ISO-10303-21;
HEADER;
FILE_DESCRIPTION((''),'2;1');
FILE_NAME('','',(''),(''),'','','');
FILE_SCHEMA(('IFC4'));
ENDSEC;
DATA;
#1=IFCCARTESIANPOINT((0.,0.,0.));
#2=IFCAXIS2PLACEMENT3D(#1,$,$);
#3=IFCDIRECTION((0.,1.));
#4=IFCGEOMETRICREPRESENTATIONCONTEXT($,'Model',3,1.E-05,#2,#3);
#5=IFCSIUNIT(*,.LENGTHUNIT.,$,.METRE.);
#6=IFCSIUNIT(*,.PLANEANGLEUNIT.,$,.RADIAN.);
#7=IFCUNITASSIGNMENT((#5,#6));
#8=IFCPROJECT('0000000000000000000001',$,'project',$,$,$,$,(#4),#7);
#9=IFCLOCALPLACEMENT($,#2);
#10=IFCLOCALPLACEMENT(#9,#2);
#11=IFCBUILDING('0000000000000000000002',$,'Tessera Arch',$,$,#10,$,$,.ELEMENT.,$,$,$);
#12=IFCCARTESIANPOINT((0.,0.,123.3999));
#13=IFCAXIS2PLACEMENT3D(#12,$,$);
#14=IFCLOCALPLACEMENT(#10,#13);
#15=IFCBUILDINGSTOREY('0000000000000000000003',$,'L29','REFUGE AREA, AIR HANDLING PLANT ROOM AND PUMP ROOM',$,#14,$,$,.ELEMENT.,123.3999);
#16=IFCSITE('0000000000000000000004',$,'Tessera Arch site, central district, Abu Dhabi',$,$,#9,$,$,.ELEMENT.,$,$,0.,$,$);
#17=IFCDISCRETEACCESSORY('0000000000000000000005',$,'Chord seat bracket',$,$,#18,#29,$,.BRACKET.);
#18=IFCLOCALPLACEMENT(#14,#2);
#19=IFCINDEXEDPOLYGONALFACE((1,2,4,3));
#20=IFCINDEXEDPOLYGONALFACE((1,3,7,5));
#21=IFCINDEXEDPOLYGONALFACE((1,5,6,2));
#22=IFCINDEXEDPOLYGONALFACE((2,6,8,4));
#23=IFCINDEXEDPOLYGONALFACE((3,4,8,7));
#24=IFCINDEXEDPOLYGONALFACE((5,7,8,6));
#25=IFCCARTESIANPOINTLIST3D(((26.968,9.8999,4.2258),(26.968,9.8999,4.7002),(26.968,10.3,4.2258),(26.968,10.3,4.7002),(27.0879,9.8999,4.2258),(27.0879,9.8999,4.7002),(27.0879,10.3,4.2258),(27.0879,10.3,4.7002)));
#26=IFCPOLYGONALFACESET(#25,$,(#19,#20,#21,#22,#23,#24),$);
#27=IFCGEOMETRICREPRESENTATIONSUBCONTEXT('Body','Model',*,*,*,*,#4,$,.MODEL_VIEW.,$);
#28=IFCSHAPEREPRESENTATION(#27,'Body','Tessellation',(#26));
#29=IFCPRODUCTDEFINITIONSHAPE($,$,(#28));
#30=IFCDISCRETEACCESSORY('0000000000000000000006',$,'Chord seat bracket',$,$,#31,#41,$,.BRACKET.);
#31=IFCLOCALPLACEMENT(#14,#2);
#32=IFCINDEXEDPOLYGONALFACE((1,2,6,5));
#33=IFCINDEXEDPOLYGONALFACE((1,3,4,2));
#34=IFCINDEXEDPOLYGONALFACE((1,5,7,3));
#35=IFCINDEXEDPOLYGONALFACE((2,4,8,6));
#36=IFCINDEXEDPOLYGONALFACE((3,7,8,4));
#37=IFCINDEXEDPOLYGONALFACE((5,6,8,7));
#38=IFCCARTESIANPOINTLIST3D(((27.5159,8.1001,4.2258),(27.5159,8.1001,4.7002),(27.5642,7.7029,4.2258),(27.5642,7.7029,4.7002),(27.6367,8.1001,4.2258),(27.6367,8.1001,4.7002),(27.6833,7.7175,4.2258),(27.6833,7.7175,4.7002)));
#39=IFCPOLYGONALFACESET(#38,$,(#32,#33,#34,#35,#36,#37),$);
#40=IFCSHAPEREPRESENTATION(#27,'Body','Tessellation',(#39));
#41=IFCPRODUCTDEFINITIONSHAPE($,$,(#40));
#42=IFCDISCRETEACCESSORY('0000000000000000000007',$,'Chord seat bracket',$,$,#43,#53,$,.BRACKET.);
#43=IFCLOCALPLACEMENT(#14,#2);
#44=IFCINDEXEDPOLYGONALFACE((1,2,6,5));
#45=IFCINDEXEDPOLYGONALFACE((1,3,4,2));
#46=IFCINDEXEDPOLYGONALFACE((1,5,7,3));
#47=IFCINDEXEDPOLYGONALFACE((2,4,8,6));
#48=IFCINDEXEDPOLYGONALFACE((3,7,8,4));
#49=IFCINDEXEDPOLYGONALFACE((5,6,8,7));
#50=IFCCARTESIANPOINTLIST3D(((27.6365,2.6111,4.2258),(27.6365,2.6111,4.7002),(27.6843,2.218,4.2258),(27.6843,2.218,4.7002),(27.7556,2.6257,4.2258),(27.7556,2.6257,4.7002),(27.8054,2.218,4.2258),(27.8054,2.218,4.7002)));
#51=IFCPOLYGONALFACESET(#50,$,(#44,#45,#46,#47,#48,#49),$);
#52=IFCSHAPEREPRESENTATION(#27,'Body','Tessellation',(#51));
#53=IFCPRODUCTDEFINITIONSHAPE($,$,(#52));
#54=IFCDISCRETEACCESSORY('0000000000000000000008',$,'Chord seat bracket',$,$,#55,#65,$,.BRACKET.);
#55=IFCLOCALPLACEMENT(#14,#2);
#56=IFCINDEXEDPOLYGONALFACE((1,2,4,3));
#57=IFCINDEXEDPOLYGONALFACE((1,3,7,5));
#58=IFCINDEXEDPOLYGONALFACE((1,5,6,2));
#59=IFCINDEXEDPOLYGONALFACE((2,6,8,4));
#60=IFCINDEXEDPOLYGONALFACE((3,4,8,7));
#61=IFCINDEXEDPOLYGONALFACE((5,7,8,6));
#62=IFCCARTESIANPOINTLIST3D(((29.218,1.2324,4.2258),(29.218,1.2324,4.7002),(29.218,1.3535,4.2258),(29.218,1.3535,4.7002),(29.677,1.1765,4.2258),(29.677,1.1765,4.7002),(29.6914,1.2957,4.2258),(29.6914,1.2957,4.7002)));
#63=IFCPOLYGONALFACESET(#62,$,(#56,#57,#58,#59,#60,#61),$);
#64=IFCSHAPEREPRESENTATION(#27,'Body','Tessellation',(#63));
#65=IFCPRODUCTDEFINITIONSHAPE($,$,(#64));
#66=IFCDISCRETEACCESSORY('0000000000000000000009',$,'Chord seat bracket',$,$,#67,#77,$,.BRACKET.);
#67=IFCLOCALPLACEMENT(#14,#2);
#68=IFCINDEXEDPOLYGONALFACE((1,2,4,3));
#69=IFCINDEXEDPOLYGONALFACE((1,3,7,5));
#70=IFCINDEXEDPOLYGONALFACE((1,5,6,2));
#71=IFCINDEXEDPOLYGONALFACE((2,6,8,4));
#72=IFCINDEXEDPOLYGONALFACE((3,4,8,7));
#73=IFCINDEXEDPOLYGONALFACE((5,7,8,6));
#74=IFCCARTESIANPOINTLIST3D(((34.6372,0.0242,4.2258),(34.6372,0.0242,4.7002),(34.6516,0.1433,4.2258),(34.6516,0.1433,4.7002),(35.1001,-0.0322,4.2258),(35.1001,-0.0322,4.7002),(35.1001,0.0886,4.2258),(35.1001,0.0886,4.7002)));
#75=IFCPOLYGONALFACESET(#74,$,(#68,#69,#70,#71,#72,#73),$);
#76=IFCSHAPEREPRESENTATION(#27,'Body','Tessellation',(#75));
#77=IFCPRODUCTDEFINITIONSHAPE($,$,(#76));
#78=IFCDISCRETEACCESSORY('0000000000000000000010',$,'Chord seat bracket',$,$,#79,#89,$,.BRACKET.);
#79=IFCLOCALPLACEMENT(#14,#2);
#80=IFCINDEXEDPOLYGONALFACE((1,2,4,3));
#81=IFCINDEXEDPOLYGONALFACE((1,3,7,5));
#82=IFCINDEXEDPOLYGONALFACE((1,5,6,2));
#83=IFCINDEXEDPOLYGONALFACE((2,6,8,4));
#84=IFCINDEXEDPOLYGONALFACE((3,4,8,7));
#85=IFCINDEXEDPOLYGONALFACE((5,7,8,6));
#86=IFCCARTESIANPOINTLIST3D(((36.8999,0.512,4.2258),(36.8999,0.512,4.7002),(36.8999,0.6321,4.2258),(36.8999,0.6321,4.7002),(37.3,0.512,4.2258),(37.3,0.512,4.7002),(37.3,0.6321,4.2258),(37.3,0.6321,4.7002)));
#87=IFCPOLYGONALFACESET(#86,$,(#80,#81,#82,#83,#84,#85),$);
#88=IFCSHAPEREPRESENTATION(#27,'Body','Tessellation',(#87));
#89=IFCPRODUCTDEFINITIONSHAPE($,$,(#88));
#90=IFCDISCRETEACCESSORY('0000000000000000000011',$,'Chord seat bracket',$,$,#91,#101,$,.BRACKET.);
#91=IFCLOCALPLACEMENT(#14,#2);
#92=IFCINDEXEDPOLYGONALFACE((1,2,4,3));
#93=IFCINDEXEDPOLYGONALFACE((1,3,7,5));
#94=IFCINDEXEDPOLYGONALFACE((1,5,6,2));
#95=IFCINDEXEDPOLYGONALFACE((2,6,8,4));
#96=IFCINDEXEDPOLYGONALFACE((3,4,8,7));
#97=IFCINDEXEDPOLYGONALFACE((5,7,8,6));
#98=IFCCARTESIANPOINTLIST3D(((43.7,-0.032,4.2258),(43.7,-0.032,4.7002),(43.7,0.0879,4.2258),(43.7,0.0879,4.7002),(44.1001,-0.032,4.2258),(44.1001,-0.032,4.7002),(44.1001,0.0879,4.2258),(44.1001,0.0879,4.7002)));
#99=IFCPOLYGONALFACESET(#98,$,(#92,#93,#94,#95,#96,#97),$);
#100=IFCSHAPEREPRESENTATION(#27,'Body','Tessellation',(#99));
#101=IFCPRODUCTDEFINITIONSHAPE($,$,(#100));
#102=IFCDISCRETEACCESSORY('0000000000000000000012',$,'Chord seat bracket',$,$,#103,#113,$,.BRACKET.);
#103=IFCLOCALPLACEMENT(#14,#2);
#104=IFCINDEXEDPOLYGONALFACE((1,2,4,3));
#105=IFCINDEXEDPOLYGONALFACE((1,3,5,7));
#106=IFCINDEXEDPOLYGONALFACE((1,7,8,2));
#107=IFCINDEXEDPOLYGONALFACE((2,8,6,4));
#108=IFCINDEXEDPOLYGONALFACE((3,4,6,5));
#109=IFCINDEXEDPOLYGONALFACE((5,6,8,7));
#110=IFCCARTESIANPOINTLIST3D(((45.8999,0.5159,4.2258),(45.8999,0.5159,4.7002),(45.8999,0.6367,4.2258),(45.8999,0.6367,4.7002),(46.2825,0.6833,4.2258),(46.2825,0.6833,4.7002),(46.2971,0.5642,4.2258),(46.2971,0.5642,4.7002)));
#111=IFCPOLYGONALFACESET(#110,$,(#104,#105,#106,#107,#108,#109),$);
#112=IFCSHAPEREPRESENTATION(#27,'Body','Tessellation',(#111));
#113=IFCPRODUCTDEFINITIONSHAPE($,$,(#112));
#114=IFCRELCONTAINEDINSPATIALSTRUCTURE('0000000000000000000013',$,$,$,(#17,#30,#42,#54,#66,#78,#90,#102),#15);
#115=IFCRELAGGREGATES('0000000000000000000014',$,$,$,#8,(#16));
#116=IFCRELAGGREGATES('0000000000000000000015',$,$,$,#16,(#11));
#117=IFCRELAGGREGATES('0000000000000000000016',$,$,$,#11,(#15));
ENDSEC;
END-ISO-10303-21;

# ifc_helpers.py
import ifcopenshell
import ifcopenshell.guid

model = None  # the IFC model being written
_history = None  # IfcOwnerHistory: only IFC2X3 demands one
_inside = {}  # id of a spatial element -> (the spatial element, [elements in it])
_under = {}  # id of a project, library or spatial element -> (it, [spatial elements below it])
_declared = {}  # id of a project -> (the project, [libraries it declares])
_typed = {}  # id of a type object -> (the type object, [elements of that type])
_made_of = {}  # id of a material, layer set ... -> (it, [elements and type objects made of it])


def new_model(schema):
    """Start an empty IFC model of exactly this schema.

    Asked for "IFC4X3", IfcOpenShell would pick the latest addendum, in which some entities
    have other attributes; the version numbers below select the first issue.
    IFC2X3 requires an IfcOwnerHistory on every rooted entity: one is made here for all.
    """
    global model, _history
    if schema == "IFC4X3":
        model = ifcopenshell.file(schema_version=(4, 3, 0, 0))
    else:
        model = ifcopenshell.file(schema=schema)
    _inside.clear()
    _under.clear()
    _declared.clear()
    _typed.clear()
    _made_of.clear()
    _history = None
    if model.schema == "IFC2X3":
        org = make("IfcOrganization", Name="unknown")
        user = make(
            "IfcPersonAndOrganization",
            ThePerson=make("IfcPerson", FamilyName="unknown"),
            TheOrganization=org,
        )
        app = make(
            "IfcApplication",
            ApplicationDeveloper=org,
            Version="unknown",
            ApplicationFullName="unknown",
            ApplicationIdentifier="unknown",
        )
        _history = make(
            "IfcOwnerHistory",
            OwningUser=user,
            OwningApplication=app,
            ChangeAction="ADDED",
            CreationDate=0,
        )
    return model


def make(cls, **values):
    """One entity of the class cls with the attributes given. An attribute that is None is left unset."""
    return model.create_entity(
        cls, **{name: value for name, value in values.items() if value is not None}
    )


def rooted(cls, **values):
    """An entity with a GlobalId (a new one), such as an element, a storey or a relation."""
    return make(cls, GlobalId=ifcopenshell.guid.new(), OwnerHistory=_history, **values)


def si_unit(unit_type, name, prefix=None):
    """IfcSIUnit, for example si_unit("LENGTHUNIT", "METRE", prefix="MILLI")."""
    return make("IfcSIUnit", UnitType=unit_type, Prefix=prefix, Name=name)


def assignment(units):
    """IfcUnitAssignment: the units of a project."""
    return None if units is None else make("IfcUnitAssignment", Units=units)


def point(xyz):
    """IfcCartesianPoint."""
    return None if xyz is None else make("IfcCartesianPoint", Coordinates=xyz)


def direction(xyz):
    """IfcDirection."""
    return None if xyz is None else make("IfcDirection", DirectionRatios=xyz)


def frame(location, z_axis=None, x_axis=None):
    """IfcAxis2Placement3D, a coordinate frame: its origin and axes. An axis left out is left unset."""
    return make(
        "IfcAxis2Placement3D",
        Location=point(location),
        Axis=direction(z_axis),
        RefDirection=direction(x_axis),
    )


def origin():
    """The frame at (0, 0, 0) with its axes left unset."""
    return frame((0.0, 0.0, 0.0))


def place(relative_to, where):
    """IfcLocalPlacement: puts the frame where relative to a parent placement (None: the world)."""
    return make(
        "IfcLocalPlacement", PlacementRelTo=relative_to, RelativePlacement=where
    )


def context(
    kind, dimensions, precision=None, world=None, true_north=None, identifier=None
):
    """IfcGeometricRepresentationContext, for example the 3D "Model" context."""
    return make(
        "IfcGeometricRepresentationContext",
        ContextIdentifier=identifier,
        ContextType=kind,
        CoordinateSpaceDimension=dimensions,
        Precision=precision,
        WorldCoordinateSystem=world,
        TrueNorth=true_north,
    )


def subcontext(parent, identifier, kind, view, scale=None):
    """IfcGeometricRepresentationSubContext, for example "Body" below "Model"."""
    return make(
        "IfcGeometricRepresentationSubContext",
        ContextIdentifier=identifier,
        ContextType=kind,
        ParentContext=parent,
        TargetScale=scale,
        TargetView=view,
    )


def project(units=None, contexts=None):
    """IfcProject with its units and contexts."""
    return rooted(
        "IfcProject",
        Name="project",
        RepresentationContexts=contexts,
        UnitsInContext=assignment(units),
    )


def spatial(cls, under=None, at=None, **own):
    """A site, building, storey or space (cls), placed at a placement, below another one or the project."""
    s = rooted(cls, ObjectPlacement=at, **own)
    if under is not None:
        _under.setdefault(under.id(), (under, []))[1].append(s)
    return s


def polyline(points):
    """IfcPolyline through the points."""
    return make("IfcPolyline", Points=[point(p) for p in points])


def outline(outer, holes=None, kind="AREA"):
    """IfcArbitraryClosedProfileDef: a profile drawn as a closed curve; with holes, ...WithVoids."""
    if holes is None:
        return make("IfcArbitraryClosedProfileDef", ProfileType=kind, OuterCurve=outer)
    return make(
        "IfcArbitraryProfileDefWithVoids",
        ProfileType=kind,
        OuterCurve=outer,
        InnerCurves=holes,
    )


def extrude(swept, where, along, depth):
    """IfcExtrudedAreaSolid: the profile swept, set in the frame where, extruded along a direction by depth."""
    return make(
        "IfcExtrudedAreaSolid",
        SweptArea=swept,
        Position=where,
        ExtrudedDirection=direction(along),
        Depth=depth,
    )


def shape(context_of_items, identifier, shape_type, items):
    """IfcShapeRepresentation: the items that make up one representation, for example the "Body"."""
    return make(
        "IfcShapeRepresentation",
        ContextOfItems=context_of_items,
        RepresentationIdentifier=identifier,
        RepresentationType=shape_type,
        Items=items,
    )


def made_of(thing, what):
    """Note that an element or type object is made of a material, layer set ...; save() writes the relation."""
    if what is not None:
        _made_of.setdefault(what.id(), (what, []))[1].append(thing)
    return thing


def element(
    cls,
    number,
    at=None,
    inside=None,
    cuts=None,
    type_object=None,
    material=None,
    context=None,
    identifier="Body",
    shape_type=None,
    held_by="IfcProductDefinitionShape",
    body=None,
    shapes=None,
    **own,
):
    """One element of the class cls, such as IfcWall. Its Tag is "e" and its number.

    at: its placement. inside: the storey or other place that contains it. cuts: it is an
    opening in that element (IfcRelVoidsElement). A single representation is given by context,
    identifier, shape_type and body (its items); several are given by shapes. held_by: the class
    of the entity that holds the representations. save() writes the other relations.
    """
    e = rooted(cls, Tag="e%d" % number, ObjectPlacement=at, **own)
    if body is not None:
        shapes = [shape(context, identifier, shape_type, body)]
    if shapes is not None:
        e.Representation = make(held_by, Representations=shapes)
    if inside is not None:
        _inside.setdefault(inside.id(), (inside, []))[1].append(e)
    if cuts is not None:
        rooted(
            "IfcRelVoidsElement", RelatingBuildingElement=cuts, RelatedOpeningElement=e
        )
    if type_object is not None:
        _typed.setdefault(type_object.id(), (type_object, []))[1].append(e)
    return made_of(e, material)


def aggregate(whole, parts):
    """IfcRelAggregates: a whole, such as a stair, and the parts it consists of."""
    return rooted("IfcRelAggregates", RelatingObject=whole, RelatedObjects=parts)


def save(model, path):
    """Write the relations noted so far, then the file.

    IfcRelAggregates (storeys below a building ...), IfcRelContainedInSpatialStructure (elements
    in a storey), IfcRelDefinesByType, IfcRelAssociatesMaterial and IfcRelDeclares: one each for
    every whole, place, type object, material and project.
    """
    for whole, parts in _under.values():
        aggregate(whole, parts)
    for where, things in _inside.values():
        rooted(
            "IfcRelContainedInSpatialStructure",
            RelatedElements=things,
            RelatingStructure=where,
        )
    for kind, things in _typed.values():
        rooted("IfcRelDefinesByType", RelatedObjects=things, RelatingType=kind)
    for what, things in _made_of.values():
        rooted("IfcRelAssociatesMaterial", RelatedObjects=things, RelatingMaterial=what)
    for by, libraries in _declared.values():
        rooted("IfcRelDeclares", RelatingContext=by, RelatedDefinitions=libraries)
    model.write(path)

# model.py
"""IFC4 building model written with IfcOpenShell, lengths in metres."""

from ifc_helpers import new_model, si_unit, direction, frame, origin, place, context, subcontext, project, spatial, polyline, outline, extrude, element, save


model = new_model("IFC4")

# Units and contexts
model_context = context("Model", 3, precision=1e-05, world=origin(), true_north=direction((0.0, 1.0)))
body_context = subcontext(model_context, "Body", "Model", "MODEL_VIEW")
ifc_project = project(units=[si_unit("LENGTHUNIT", "METRE"), si_unit("PLANEANGLEUNIT", "RADIAN")], contexts=[model_context])

# Site, building, storey
site_placement = place(None, origin())
site = spatial("IfcSite", under=ifc_project, at=site_placement, Name="Tessera Arch site, central district, Abu Dhabi", CompositionType="ELEMENT", RefElevation=0.0)
building_placement = place(site_placement, origin())
building = spatial("IfcBuilding", under=site, at=building_placement, Name="Tessera Arch", CompositionType="ELEMENT")
storey_placement = place(building_placement, frame((0.0, 0.0, 123.3999)))
storey = spatial("IfcBuildingStorey", under=building, at=storey_placement, Name="L29", Description="REFUGE AREA, AIR HANDLING PLANT ROOM AND PUMP ROOM", CompositionType="ELEMENT", Elevation=123.3999)

# Discrete accessories
discrete_accessory_1_placement = place(storey_placement, frame((0.0, 0.0, 4.2258)))
element("IfcDiscreteAccessory", 1, at=discrete_accessory_1_placement, inside=storey, Name="Chord seat bracket", PredefinedType="BRACKET", context=body_context, shape_type="SweptSolid", body=[
    extrude(outline(polyline([(27.0879, 9.8999), (26.968, 9.8999), (26.968, 10.3), (27.0879, 10.3), (27.0879, 9.8999)])), origin(), (0.0, 0.0, 1.0), 0.4744),
])
discrete_accessory_2_placement = place(storey_placement, frame((0.0, 0.0, 4.2258)))
element("IfcDiscreteAccessory", 2, at=discrete_accessory_2_placement, inside=storey, Name="Chord seat bracket", PredefinedType="BRACKET", context=body_context, shape_type="SweptSolid", body=[
    extrude(outline(polyline([(27.5159, 8.1001), (27.6367, 8.1001), (27.6833, 7.7175), (27.5642, 7.7029), (27.5159, 8.1001)])), origin(), (0.0, 0.0, 1.0), 0.4744),
])
discrete_accessory_3_placement = place(storey_placement, frame((0.0, 0.0, 4.2258)))
element("IfcDiscreteAccessory", 3, at=discrete_accessory_3_placement, inside=storey, Name="Chord seat bracket", PredefinedType="BRACKET", context=body_context, shape_type="SweptSolid", body=[
    extrude(outline(polyline([(27.7556, 2.6257), (27.8054, 2.218), (27.6843, 2.218), (27.6365, 2.6111), (27.7556, 2.6257)])), origin(), (0.0, 0.0, 1.0), 0.4744),
])
discrete_accessory_4_placement = place(storey_placement, frame((0.0, 0.0, 4.2258)))
element("IfcDiscreteAccessory", 4, at=discrete_accessory_4_placement, inside=storey, Name="Chord seat bracket", PredefinedType="BRACKET", context=body_context, shape_type="SweptSolid", body=[
    extrude(outline(polyline([(29.677, 1.1765), (29.218, 1.2324), (29.218, 1.3535), (29.6914, 1.2957), (29.677, 1.1765)])), origin(), (0.0, 0.0, 1.0), 0.4744),
])
discrete_accessory_5_placement = place(storey_placement, frame((0.0, 0.0, 4.2258)))
element("IfcDiscreteAccessory", 5, at=discrete_accessory_5_placement, inside=storey, Name="Chord seat bracket", PredefinedType="BRACKET", context=body_context, shape_type="SweptSolid", body=[
    extrude(outline(polyline([(34.6516, 0.1433), (35.1001, 0.0886), (35.1001, -0.0322), (34.6372, 0.0242), (34.6516, 0.1433)])), origin(), (0.0, 0.0, 1.0), 0.4744),
])
discrete_accessory_6_placement = place(storey_placement, frame((0.0, 0.0, 4.2258)))
element("IfcDiscreteAccessory", 6, at=discrete_accessory_6_placement, inside=storey, Name="Chord seat bracket", PredefinedType="BRACKET", context=body_context, shape_type="SweptSolid", body=[
    extrude(outline(polyline([(37.3, 0.512), (36.8999, 0.512), (36.8999, 0.6321), (37.3, 0.6321), (37.3, 0.512)])), origin(), (0.0, 0.0, 1.0), 0.4744),
])
discrete_accessory_7_placement = place(storey_placement, frame((0.0, 0.0, 4.2258)))
element("IfcDiscreteAccessory", 7, at=discrete_accessory_7_placement, inside=storey, Name="Chord seat bracket", PredefinedType="BRACKET", context=body_context, shape_type="SweptSolid", body=[
    extrude(outline(polyline([(43.7, 0.0879), (44.1001, 0.0879), (44.1001, -0.032), (43.7, -0.032), (43.7, 0.0879)])), origin(), (0.0, 0.0, 1.0), 0.4744),
])
discrete_accessory_8_placement = place(storey_placement, frame((0.0, 0.0, 4.2258)))
element("IfcDiscreteAccessory", 8, at=discrete_accessory_8_placement, inside=storey, Name="Chord seat bracket", PredefinedType="BRACKET", context=body_context, shape_type="SweptSolid", body=[
    extrude(outline(polyline([(46.2971, 0.5642), (45.8999, 0.5159), (45.8999, 0.6367), (46.2825, 0.6833), (46.2971, 0.5642)])), origin(), (0.0, 0.0, 1.0), 0.4744),
])

save(model, "model.ifc")
